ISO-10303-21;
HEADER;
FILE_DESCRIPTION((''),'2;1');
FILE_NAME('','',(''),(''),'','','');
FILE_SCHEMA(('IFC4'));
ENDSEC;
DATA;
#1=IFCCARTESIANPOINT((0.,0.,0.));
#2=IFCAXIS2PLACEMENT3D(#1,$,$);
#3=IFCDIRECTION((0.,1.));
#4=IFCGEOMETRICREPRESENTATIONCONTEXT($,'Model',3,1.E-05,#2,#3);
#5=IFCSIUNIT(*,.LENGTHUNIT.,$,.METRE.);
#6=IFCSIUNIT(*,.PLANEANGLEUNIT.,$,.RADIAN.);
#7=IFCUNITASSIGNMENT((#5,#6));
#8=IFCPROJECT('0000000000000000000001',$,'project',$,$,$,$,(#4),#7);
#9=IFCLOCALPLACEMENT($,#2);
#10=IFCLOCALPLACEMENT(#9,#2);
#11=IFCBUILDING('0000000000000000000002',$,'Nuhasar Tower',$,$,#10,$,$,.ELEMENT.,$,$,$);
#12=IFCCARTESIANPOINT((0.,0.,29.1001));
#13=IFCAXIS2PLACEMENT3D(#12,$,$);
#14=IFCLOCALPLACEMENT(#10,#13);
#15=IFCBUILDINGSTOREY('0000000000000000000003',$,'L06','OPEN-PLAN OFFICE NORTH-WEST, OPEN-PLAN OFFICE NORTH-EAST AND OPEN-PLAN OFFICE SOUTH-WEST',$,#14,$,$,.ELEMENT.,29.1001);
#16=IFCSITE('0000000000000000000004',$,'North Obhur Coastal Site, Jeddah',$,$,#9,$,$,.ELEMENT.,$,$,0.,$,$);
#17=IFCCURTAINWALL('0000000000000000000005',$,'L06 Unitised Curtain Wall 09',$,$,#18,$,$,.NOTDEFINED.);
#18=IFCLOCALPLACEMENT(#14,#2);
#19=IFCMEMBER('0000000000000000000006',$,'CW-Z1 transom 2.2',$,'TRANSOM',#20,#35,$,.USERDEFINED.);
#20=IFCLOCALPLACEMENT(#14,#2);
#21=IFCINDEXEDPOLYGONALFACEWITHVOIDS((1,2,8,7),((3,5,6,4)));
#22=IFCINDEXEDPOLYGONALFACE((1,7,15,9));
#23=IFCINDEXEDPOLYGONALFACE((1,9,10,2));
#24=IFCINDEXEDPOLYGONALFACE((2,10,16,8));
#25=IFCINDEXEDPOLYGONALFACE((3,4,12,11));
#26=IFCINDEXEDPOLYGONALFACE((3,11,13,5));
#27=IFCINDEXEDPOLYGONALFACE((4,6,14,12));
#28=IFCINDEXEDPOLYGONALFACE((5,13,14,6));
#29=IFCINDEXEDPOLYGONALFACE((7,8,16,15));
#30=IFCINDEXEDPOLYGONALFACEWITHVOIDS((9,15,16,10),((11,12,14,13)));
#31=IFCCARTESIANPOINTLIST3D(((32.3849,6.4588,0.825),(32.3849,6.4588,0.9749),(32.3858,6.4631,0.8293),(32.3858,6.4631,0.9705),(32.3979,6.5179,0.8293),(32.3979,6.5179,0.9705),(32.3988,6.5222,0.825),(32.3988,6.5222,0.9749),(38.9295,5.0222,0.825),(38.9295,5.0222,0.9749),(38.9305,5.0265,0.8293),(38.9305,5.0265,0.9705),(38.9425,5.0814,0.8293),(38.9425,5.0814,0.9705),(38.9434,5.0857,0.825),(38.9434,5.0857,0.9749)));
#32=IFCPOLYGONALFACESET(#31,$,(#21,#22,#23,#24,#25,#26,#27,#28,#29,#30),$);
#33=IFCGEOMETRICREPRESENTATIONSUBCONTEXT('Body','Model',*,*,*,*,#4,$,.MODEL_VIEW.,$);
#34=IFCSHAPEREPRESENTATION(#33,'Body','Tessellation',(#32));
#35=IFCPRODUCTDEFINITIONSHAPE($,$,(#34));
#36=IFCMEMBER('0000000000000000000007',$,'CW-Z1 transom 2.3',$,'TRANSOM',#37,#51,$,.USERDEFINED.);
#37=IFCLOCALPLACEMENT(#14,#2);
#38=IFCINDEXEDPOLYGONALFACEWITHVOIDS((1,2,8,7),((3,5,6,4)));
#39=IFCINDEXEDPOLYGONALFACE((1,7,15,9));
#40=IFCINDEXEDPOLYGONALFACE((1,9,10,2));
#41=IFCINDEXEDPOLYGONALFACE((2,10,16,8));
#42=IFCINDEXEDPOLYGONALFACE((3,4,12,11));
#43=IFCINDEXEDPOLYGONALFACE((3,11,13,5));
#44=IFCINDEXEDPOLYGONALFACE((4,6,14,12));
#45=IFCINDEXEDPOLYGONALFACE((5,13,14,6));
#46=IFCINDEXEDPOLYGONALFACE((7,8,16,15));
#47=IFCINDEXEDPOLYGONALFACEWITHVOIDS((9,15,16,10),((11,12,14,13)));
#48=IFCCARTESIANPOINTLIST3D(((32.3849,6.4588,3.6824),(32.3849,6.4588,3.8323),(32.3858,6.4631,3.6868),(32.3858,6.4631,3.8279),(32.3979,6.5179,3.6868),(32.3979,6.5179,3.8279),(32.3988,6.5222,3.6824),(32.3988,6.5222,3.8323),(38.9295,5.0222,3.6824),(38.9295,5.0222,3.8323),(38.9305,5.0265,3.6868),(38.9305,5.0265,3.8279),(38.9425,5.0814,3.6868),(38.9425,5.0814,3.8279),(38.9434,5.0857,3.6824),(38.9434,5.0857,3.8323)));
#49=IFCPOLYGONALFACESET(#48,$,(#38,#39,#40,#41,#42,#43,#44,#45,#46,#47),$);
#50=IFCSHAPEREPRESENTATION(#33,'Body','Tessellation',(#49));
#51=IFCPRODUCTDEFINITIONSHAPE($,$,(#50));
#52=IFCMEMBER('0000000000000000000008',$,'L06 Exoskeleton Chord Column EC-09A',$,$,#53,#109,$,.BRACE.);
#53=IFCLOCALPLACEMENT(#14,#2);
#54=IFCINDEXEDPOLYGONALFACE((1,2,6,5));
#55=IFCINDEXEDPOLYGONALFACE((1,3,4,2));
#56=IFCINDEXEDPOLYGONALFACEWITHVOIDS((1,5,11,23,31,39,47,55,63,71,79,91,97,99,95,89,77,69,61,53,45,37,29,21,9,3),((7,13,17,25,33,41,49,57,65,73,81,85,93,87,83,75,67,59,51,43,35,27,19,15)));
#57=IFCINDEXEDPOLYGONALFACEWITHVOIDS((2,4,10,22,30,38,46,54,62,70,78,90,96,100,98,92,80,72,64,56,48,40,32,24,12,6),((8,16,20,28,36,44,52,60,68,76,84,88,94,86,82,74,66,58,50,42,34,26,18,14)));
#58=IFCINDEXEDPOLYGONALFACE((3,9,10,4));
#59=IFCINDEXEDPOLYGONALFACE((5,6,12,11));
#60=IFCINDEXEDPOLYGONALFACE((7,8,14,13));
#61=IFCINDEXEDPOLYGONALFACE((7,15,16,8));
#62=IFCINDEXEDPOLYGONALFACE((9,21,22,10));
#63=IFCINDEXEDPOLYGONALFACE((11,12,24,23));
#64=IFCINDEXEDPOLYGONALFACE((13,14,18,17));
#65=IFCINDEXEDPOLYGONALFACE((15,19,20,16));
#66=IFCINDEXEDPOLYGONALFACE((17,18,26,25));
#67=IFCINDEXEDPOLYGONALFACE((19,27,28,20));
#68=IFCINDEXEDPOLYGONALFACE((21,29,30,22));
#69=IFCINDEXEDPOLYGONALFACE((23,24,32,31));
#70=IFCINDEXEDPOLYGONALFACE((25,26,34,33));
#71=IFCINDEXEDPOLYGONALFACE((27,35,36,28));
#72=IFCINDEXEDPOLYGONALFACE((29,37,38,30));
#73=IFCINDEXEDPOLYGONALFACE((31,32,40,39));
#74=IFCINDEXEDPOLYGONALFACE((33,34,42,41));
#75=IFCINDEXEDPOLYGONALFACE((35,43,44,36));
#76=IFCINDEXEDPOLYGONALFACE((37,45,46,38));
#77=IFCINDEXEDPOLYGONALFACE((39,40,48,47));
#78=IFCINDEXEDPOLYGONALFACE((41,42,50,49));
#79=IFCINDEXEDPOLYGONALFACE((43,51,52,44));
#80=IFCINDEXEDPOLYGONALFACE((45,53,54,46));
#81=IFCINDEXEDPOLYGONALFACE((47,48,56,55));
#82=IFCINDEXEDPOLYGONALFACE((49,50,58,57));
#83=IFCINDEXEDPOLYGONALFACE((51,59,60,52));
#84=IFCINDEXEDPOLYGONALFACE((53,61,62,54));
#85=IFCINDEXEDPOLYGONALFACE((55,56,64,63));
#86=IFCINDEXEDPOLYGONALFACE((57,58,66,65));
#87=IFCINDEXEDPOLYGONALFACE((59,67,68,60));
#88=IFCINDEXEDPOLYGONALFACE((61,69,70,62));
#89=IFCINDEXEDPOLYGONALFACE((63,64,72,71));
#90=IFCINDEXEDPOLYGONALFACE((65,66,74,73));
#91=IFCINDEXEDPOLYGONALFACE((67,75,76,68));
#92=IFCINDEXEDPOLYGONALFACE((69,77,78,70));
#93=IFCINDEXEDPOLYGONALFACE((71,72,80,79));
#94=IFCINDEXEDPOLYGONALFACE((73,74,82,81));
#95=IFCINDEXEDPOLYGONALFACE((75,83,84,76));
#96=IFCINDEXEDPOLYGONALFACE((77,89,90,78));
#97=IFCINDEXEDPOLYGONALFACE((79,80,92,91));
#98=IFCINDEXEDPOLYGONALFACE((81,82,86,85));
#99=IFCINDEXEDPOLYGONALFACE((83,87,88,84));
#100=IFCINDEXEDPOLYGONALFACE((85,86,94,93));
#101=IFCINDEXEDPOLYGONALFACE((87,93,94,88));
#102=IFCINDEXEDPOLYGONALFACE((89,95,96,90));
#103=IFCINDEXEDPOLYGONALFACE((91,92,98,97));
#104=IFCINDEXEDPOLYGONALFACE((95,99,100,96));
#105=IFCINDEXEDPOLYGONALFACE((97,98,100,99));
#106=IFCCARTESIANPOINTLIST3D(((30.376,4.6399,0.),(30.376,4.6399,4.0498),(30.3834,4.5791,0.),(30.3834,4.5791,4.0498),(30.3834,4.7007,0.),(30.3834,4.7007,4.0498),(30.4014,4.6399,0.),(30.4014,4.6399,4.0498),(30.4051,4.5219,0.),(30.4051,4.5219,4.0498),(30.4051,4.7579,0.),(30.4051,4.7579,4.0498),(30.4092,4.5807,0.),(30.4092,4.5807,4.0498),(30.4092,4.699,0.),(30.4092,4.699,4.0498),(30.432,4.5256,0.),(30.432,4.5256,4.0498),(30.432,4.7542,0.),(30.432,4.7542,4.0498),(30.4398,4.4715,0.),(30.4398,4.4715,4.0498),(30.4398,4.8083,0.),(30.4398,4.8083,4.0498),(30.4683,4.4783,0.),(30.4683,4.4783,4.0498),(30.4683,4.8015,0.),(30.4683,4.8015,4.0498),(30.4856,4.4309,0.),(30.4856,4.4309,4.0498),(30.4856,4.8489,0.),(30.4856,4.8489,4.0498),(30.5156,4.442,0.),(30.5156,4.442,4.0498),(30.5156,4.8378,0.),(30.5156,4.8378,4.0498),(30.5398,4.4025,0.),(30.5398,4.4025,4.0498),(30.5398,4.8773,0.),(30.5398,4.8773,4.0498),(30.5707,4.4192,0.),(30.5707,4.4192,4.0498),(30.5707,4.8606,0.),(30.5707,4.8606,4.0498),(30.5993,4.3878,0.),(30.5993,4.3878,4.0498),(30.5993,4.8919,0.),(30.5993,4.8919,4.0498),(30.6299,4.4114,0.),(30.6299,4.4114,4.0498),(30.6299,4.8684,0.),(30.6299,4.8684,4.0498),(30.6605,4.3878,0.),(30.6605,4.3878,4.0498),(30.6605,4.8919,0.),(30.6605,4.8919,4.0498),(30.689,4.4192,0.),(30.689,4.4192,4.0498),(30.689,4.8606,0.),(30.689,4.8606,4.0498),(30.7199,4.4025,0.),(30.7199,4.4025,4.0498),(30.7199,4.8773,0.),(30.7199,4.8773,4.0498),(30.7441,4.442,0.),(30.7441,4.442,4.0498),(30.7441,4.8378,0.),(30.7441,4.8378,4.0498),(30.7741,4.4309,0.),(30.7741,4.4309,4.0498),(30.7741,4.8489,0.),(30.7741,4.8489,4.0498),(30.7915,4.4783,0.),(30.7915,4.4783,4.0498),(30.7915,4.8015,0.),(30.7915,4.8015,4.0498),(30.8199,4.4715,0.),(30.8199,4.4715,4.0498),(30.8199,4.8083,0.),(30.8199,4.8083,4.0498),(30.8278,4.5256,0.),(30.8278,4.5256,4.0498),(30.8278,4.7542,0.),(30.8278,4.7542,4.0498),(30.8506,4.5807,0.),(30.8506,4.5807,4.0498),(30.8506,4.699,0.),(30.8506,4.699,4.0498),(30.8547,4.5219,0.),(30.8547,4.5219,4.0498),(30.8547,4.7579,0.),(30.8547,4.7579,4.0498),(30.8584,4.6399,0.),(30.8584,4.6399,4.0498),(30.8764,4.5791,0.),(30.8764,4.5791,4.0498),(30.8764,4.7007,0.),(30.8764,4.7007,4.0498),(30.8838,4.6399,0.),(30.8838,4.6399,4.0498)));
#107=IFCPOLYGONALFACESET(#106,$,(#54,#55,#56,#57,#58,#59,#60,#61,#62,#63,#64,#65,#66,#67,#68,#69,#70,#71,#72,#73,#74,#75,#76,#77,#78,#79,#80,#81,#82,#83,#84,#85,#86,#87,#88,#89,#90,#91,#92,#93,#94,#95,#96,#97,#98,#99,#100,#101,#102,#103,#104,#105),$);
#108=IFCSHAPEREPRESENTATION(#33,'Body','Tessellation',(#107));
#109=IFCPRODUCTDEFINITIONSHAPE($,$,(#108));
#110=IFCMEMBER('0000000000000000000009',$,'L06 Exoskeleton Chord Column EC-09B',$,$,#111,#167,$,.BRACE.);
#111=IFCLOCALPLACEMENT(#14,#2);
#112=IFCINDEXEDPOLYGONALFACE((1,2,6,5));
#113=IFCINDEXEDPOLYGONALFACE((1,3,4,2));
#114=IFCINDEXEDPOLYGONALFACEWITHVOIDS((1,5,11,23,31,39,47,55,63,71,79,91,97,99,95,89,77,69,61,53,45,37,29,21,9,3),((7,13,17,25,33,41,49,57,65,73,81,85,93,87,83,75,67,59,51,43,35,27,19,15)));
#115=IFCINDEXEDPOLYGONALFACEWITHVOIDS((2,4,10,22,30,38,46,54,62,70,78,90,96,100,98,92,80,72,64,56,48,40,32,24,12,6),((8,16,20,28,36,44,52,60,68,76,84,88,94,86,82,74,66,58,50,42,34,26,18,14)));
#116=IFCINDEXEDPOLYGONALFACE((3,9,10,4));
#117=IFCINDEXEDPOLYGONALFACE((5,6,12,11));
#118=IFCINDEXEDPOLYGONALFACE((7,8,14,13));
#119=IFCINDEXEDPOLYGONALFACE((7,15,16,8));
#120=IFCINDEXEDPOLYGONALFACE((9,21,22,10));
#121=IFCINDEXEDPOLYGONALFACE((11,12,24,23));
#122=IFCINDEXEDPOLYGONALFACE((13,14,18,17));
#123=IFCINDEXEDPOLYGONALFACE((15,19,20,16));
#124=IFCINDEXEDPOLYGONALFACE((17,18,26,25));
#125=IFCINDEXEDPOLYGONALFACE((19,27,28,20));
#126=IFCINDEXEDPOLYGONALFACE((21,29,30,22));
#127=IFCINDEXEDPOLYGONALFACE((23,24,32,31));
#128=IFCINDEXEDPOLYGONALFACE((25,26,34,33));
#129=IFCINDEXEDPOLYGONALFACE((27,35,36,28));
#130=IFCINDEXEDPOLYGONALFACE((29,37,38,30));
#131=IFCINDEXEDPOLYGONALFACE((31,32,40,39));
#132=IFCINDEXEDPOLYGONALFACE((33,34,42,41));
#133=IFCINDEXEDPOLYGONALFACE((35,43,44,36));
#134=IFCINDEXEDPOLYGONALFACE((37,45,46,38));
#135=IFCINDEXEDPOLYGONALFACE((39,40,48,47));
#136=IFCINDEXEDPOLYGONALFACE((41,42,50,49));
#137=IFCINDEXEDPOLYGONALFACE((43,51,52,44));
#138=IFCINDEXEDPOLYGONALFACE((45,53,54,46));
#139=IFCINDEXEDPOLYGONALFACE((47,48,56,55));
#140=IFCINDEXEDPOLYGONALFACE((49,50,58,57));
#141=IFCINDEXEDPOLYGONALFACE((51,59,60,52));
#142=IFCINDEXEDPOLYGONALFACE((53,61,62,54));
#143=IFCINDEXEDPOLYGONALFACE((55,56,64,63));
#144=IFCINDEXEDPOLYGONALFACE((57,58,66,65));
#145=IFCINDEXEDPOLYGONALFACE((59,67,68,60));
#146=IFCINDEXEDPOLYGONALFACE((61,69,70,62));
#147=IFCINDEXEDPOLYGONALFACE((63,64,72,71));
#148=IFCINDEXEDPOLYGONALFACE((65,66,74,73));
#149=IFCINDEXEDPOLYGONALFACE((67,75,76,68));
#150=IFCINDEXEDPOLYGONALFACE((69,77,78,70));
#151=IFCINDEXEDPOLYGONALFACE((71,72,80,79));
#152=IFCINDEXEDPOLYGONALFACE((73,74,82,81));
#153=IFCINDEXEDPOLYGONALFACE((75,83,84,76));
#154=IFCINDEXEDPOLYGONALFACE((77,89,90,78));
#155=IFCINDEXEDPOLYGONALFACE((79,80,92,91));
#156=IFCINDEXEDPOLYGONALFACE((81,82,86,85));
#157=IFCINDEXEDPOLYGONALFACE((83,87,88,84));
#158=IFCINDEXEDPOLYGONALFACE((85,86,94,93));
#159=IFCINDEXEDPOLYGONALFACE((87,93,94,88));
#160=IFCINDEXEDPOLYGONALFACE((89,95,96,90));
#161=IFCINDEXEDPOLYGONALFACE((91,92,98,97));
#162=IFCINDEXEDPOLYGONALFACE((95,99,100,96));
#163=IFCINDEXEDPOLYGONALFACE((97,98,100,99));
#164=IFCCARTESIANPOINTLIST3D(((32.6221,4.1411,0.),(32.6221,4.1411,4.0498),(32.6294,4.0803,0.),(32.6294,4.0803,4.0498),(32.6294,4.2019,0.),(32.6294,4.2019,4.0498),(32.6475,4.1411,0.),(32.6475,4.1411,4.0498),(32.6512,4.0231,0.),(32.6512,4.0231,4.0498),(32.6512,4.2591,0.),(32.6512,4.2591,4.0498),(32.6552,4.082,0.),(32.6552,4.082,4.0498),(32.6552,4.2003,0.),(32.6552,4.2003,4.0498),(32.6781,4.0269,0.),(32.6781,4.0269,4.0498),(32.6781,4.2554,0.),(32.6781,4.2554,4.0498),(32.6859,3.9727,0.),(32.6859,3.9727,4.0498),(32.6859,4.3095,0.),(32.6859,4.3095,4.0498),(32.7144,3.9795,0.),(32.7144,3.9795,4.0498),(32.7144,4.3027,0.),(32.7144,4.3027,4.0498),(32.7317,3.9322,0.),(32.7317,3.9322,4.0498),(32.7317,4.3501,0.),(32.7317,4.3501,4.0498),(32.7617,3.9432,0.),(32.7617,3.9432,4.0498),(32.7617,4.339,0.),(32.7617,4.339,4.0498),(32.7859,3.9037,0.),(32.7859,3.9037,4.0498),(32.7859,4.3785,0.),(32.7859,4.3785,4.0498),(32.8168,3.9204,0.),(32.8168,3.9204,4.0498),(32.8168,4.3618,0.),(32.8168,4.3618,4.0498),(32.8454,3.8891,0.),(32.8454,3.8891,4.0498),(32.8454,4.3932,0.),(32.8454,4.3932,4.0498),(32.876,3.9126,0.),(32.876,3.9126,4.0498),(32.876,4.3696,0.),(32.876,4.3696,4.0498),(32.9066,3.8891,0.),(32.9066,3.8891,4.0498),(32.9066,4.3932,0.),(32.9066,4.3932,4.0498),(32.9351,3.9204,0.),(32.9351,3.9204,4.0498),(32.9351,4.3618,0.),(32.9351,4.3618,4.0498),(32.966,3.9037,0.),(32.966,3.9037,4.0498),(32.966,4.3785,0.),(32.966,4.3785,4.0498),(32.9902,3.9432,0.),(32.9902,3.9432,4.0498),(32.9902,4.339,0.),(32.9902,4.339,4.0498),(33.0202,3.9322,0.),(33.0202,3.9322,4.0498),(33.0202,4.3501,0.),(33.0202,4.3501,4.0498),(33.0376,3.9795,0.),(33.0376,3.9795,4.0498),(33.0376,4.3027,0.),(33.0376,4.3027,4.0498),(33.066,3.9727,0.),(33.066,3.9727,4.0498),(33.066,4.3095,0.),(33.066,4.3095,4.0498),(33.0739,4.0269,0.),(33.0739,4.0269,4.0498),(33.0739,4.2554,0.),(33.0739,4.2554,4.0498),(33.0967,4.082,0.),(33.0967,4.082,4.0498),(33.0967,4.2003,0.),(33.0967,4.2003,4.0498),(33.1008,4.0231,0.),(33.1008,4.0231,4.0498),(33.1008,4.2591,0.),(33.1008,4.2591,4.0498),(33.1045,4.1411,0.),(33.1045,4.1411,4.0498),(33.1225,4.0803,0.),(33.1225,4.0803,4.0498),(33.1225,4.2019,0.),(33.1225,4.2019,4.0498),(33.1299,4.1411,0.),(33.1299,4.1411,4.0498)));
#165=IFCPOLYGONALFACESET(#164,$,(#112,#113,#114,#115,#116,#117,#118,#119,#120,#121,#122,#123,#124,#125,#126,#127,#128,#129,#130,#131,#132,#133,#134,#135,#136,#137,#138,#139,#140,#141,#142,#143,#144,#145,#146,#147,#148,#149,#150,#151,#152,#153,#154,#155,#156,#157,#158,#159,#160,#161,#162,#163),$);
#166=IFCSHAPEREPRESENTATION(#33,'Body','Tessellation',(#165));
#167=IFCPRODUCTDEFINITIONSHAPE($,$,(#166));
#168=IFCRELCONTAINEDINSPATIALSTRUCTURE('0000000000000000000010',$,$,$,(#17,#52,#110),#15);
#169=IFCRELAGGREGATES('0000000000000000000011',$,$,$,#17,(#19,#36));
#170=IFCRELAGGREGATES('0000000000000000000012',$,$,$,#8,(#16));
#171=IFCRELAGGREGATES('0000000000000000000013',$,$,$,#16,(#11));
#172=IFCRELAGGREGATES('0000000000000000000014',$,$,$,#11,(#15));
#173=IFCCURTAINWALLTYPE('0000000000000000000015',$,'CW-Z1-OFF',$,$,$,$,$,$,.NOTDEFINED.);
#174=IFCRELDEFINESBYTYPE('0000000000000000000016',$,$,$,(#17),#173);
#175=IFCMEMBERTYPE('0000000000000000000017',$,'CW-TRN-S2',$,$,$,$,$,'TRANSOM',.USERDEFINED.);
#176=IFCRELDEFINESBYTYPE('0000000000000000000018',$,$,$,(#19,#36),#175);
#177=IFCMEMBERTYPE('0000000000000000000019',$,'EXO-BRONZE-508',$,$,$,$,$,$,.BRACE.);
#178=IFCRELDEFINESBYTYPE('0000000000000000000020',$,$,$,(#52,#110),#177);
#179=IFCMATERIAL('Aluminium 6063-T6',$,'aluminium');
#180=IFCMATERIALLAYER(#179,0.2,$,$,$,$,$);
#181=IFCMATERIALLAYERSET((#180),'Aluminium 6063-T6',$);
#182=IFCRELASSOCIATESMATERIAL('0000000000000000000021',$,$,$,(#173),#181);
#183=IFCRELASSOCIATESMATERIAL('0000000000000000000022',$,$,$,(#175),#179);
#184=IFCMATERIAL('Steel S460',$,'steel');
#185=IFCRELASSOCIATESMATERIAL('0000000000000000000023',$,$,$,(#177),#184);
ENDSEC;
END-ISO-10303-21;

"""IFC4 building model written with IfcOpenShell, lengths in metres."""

from ifc_helpers import new_model, si_unit, direction, frame, origin, origin_2d, place, context, subcontext, project, spatial, hollow_rectangle, hollow_circle, extrude, material, layer, layer_set, material_profile, profile_set, type_object, element, aggregate, save


model = new_model("IFC4")

# Units and contexts
model_context = context("Model", 3, precision=1e-05, world=origin(), true_north=direction((0.0, 1.0)))
body_context = subcontext(model_context, "Body", "Model", "MODEL_VIEW")
ifc_project = project(units=[si_unit("LENGTHUNIT", "METRE"), si_unit("PLANEANGLEUNIT", "RADIAN")], contexts=[model_context])

# Site, building, storey
site_placement = place(None, origin())
site = spatial("IfcSite", under=ifc_project, at=site_placement, Name="North Obhur Coastal Site, Jeddah", CompositionType="ELEMENT", RefElevation=0.0)
building_placement = place(site_placement, origin())
building = spatial("IfcBuilding", under=site, at=building_placement, Name="Nuhasar Tower", CompositionType="ELEMENT")
storey_placement = place(building_placement, frame((0.0, 0.0, 29.1001)))
storey = spatial("IfcBuildingStorey", under=building, at=storey_placement, Name="L06", Description="OPEN-PLAN OFFICE NORTH-WEST, OPEN-PLAN OFFICE NORTH-EAST AND OPEN-PLAN OFFICE SOUTH-WEST", CompositionType="ELEMENT", Elevation=29.1001)

# Curtain wall, members
ifc_material_1 = material(Name="Aluminium 6063-T6", Category="aluminium")
ifc_layer_1 = layer(ifc_material_1, 0.2)
ifc_layer_set_1 = layer_set([ifc_layer_1], Name="Aluminium 6063-T6")
curtain_wall_type = type_object("IfcCurtainWallType", Name="CW-Z1-OFF", PredefinedType="NOTDEFINED", material=ifc_layer_set_1)
curtain_wall_placement = place(storey_placement, origin())
curtain_wall = element("IfcCurtainWall", 1, at=curtain_wall_placement, inside=storey, type_object=curtain_wall_type, Name="L06 Unitised Curtain Wall 09", PredefinedType="NOTDEFINED")
ifc_material_profile_1 = material_profile(ifc_material_1, hollow_rectangle(XDim=0.0649, YDim=0.1499, WallThickness=0.0044, at=origin_2d()), Name="CWT-2")
ifc_profile_set_1 = profile_set([ifc_material_profile_1], Name="Aluminium 6063-T6")
member_type_1 = type_object("IfcMemberType", Name="CW-TRN-S2", ElementType="TRANSOM", PredefinedType="USERDEFINED", material=ifc_profile_set_1)
member_1_placement = place(storey_placement, frame((32.3918, 6.4905, 0.8999), z_axis=(0.976748, -0.214391, 0.0), x_axis=(0.214391, 0.976748, 0.0)))
member_1 = element("IfcMember", 2, at=member_1_placement, type_object=member_type_1, Name="CW-Z1 transom 2.2", ObjectType="TRANSOM", PredefinedType="USERDEFINED", context=body_context, shape_type="SweptSolid", body=[
    extrude(hollow_rectangle(XDim=0.0649, YDim=0.1499, WallThickness=0.0044, at=origin_2d()), origin(), (0.0, 0.0, 1.0), 6.7004),
])
member_2_placement = place(storey_placement, frame((32.3918, 6.4905, 3.7573), z_axis=(0.976748, -0.214391, 0.0), x_axis=(0.214391, 0.976748, 0.0)))
member_2 = element("IfcMember", 3, at=member_2_placement, type_object=member_type_1, Name="CW-Z1 transom 2.3", ObjectType="TRANSOM", PredefinedType="USERDEFINED", context=body_context, shape_type="SweptSolid", body=[
    extrude(hollow_rectangle(XDim=0.0649, YDim=0.1499, WallThickness=0.0044, at=origin_2d()), origin(), (0.0, 0.0, 1.0), 6.7004),
])

# Members
ifc_material_2 = material(Name="Steel S460", Category="steel")
ifc_material_profile_2 = material_profile(ifc_material_2, hollow_circle(Radius=0.2539, WallThickness=0.0254, at=origin_2d()), Name="HSS508X25.4")
ifc_profile_set_2 = profile_set([ifc_material_profile_2], Name="Steel S460")
member_type_2 = type_object("IfcMemberType", Name="EXO-BRONZE-508", PredefinedType="BRACE", material=ifc_profile_set_2)
for number, where, z_axis, x_axis, name in (
    (4, (30.6299, 4.6399, 0.0), (0.0, 0.0, 1.0), (1.0, 0.0, 0.0), "L06 Exoskeleton Chord Column EC-09A"),
    (5, (32.876, 4.1411, 0.0), (0.0, 0.0, 1.0), (1.0, 0.0, 0.0), "L06 Exoskeleton Chord Column EC-09B"),
):
    element("IfcMember", number, at=place(storey_placement, frame(where, z_axis=z_axis, x_axis=x_axis)), inside=storey, type_object=member_type_2, Name=name, PredefinedType="BRACE", context=body_context, shape_type="SweptSolid", body=[
        extrude(hollow_circle(Radius=0.2539, WallThickness=0.0254, at=origin_2d()), origin(), (0.0, 0.0, 1.0), 4.0498),
    ])

aggregate(curtain_wall, [member_1, member_2])

save(model, "model.ifc")
